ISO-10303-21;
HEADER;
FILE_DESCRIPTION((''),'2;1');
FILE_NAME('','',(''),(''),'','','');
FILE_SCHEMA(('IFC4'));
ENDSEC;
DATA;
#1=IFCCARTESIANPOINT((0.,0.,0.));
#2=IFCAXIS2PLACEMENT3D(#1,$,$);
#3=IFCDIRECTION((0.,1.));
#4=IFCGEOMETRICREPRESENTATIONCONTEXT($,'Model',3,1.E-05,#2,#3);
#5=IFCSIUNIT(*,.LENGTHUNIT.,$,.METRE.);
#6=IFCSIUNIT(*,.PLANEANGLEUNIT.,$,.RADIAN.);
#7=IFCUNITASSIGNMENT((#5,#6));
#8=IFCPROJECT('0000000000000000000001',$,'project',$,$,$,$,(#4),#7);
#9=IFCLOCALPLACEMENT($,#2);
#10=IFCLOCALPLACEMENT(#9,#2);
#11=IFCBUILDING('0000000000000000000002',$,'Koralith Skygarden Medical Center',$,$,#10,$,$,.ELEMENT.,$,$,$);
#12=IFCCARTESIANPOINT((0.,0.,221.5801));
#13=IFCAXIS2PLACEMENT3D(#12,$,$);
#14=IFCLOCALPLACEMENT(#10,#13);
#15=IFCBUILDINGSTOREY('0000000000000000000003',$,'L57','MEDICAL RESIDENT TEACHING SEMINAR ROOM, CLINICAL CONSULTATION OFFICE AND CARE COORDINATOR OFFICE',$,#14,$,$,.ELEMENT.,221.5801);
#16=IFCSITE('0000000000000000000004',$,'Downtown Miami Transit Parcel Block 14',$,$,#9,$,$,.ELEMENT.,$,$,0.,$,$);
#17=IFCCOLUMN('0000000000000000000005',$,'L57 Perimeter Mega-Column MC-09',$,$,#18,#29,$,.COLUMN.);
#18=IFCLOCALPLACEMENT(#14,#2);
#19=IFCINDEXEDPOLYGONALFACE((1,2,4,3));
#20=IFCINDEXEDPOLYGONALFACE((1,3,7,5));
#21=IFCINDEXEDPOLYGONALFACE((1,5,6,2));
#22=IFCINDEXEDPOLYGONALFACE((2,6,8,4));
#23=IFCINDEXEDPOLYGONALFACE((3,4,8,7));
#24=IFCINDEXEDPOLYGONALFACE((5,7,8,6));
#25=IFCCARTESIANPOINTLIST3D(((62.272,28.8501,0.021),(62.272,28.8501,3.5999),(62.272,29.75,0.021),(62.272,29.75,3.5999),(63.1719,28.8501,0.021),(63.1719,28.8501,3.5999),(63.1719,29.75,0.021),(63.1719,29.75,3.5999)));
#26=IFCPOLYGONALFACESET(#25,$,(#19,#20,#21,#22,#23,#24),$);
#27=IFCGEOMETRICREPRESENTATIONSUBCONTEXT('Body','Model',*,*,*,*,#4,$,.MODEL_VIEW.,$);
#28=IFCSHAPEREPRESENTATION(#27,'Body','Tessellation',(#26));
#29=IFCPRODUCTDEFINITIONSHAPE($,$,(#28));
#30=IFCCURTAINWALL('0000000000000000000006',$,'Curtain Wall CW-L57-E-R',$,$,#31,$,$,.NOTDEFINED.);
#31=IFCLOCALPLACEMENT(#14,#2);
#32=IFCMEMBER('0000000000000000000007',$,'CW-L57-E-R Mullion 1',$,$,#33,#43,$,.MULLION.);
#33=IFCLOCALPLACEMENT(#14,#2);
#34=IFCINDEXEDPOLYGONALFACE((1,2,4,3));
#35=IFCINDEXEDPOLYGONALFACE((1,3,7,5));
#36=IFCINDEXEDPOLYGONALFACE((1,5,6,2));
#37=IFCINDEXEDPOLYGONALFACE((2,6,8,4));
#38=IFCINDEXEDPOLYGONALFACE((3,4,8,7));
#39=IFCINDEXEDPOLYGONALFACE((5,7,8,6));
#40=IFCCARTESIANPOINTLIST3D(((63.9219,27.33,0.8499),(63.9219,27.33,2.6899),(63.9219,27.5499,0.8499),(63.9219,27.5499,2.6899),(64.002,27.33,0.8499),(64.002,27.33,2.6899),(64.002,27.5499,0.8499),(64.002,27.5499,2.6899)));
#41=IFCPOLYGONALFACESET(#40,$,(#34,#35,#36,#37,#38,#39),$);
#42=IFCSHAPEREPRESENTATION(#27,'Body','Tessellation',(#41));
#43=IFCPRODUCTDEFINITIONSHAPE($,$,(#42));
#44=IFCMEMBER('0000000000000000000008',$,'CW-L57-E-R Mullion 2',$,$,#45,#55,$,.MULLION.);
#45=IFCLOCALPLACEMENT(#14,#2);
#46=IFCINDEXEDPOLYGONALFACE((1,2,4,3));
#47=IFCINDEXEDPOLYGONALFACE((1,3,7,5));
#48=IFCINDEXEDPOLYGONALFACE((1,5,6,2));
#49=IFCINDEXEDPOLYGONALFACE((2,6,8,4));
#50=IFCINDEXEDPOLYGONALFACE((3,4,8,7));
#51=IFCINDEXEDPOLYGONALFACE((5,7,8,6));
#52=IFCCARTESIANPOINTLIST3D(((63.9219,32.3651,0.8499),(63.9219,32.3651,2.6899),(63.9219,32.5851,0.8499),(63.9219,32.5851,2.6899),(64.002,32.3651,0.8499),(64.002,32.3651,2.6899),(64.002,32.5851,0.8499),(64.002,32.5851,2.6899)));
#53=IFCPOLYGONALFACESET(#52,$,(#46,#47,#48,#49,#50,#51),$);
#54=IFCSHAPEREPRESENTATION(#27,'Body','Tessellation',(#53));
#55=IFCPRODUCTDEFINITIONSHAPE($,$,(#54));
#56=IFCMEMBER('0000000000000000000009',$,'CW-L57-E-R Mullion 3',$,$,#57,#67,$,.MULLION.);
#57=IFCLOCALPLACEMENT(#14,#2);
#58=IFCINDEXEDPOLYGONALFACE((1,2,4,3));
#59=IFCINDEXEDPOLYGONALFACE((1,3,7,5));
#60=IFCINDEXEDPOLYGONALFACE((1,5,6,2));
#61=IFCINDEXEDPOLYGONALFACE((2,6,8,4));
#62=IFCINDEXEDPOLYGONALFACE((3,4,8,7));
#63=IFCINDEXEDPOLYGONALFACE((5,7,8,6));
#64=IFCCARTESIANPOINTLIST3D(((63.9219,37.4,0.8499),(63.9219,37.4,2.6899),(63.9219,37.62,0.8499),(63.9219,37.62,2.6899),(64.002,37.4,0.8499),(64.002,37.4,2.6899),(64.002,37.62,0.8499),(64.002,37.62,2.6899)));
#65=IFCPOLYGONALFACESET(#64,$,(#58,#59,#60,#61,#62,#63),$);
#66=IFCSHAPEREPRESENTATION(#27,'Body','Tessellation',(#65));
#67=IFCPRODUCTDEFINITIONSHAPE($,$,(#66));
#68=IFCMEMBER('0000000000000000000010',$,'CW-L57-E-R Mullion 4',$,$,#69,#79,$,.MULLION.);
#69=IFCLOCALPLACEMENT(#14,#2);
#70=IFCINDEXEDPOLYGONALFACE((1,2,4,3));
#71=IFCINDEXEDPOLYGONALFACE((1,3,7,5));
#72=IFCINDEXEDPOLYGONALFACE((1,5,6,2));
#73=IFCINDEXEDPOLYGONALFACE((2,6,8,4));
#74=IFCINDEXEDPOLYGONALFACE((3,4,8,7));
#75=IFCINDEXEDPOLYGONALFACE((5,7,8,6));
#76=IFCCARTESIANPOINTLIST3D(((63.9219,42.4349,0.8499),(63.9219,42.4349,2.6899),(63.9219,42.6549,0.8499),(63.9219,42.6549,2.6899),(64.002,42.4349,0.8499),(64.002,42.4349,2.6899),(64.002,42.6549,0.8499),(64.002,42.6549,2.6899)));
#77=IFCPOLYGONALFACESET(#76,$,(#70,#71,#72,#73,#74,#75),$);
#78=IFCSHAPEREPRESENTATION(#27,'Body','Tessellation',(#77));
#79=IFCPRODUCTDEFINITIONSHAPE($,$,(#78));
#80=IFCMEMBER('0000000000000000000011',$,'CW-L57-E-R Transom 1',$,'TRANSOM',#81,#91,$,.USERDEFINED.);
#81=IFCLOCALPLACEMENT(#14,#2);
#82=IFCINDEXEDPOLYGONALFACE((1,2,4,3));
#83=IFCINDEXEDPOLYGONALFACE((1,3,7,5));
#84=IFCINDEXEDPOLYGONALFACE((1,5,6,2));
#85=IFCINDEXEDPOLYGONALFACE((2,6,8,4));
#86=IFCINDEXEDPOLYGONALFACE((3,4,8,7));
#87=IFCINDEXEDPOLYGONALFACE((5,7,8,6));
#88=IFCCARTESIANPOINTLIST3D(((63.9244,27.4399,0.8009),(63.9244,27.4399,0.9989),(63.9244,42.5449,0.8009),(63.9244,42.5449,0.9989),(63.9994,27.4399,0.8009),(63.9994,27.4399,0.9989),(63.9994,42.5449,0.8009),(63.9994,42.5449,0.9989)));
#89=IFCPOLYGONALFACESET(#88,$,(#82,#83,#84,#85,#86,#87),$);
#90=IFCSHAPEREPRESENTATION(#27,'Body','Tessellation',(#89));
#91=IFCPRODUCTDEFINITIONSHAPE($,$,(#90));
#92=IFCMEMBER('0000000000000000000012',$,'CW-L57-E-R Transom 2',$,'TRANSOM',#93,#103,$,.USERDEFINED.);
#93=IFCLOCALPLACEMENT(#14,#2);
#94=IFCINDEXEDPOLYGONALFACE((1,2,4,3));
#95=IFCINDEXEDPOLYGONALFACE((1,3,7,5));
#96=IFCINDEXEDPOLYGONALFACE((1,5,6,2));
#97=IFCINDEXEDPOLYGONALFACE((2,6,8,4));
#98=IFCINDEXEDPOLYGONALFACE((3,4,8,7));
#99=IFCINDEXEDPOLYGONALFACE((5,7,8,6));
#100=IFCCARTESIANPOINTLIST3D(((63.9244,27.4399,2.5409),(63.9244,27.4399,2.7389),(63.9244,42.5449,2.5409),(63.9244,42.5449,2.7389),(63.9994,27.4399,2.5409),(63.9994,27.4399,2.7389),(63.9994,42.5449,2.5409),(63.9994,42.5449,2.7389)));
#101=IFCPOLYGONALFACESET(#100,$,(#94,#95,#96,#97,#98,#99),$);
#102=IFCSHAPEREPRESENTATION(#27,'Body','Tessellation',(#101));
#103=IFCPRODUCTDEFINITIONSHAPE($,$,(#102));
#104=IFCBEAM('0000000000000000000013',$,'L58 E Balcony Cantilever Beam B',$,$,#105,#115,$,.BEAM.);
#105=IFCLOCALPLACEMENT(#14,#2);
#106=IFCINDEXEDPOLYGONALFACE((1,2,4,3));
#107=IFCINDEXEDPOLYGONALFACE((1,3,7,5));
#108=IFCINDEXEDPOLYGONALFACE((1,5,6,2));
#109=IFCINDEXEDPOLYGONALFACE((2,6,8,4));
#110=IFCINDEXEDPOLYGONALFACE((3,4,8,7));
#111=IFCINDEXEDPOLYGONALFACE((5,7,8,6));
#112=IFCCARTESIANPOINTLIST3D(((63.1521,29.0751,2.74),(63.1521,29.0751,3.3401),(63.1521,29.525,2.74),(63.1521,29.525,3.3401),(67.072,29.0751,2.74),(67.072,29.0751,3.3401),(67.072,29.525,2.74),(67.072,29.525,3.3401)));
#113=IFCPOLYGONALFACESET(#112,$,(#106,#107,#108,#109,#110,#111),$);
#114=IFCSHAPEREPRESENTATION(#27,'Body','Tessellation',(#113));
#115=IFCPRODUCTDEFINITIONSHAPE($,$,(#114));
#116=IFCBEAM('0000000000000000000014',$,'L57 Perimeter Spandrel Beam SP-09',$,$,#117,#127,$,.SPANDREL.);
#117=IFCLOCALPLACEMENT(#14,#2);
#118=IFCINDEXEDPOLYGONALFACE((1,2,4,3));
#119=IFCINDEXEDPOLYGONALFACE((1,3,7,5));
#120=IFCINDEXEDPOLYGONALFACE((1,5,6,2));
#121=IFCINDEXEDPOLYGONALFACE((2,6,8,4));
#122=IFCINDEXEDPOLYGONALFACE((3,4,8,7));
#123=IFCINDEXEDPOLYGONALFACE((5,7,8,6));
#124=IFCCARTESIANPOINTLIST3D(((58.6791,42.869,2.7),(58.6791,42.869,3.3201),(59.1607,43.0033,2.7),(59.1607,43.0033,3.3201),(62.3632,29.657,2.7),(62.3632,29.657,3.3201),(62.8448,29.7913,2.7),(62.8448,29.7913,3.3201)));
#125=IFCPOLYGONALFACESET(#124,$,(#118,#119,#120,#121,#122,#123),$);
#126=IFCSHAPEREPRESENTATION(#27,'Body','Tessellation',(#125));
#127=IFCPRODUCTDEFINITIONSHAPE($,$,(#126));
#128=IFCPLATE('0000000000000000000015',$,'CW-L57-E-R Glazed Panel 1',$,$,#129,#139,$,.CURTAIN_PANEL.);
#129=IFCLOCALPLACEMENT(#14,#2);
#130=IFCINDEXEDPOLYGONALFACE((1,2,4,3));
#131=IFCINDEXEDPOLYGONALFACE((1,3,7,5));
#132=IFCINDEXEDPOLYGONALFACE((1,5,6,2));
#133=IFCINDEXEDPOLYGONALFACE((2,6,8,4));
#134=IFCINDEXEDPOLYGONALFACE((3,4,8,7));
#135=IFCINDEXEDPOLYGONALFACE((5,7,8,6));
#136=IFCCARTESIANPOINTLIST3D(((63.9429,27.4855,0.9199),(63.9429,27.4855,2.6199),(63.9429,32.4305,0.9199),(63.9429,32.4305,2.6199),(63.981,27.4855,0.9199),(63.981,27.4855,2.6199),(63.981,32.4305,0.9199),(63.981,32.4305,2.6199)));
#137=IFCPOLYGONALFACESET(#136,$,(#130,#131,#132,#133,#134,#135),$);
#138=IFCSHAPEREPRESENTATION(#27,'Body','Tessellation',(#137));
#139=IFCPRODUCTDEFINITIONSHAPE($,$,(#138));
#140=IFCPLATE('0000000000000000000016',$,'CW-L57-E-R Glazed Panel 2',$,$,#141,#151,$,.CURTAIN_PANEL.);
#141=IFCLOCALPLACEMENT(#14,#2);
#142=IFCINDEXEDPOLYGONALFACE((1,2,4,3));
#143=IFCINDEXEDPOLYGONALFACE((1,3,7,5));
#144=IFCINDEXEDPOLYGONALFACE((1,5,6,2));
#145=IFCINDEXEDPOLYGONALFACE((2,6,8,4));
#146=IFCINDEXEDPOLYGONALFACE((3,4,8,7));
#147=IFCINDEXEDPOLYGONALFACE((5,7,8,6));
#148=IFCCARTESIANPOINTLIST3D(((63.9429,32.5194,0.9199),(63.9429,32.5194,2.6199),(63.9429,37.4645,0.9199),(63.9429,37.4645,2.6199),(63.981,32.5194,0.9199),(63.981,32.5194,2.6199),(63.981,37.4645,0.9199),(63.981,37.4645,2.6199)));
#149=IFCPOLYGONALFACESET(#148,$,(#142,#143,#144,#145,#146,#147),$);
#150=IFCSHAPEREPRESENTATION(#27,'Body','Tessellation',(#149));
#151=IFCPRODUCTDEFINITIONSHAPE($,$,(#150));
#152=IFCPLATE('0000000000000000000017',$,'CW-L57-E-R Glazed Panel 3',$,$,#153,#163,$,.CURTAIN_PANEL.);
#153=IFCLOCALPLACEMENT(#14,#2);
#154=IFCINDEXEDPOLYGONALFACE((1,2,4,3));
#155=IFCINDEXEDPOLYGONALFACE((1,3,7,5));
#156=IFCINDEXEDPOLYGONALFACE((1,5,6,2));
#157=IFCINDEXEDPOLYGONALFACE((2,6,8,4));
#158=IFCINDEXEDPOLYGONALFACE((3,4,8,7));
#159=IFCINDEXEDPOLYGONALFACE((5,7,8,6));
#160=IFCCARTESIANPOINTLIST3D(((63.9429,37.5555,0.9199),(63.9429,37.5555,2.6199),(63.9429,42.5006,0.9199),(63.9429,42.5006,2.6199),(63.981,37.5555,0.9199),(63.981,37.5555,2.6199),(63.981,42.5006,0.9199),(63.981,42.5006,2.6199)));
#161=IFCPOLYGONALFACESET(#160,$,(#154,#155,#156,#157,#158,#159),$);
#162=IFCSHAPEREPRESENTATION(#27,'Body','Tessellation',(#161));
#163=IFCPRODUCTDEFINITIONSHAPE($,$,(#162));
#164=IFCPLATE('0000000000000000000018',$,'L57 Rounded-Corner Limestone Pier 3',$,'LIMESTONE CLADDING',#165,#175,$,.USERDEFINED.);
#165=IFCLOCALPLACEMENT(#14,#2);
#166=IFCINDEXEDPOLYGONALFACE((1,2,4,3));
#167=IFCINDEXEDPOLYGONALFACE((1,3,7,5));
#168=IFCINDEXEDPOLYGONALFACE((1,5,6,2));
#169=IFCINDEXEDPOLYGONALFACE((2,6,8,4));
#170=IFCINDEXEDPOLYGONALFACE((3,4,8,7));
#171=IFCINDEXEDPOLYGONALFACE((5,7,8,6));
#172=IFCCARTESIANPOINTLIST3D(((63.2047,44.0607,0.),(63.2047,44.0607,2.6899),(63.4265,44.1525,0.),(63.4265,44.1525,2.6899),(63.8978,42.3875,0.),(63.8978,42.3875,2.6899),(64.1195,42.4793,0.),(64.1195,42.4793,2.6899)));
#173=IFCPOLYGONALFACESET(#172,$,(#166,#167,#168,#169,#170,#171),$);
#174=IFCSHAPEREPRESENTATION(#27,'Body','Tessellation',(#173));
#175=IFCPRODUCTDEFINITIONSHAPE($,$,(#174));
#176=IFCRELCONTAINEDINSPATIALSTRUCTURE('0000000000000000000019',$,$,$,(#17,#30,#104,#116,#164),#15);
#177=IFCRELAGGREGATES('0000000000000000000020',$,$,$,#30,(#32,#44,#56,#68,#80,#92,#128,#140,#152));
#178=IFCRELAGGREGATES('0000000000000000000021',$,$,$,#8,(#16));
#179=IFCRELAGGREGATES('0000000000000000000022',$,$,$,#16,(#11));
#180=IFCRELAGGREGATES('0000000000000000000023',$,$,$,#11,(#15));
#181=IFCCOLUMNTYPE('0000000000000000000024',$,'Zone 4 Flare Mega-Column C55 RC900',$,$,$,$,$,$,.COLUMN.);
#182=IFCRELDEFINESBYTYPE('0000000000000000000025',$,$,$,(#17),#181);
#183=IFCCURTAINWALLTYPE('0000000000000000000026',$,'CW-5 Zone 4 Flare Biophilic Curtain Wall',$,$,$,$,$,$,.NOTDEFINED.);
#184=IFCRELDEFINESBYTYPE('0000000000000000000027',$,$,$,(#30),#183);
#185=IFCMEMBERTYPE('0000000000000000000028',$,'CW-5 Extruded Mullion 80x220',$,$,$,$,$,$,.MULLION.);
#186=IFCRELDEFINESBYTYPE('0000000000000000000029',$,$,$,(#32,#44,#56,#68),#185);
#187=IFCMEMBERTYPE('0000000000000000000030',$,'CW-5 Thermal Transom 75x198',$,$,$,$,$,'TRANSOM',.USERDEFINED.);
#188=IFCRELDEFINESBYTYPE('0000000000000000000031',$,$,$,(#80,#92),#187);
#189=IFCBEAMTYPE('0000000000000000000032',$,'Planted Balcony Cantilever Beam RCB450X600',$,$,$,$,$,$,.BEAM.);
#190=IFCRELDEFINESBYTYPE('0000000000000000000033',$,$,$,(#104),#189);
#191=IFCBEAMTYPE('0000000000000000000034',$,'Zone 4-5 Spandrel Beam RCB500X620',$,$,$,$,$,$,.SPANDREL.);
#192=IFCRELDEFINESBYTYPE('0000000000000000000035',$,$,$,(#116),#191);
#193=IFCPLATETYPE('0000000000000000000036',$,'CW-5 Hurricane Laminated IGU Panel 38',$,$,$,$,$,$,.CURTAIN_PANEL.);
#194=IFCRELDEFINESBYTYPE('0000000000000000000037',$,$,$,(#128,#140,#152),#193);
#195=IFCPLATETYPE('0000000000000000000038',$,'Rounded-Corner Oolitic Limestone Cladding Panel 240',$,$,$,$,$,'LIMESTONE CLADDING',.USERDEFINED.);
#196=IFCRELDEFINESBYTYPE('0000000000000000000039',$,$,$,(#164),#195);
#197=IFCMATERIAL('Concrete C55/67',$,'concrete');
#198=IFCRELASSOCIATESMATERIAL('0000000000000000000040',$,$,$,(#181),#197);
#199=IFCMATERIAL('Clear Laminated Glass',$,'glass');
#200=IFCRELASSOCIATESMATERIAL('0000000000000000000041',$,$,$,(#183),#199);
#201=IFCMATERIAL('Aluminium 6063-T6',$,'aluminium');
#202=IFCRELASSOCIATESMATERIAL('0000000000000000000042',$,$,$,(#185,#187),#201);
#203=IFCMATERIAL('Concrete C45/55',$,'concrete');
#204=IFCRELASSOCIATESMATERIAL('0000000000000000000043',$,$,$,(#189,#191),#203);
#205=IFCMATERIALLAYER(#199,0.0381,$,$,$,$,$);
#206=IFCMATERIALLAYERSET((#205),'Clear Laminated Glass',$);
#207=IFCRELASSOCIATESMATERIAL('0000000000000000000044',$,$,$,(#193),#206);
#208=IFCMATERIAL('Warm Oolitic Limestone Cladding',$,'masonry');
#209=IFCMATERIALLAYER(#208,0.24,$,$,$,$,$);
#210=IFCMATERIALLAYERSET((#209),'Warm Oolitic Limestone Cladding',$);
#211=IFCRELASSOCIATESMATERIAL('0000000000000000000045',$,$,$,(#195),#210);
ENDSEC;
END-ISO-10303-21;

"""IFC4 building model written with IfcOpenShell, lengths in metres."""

from ifc_helpers import new_model, si_unit, direction, frame, origin, origin_2d, place, context, subcontext, project, spatial, rectangle, extrude, material, layer, layer_set, material_profile, profile_set, type_object, element, aggregate, save


model = new_model("IFC4")

# Units and contexts
model_context = context("Model", 3, precision=1e-05, world=origin(), true_north=direction((0.0, 1.0)))
body_context = subcontext(model_context, "Body", "Model", "MODEL_VIEW")
ifc_project = project(units=[si_unit("LENGTHUNIT", "METRE"), si_unit("PLANEANGLEUNIT", "RADIAN")], contexts=[model_context])

# Site, building, storey
site_placement = place(None, origin())
site = spatial("IfcSite", under=ifc_project, at=site_placement, Name="Downtown Miami Transit Parcel Block 14", CompositionType="ELEMENT", RefElevation=0.0)
building_placement = place(site_placement, origin())
building = spatial("IfcBuilding", under=site, at=building_placement, Name="Koralith Skygarden Medical Center", CompositionType="ELEMENT")
storey_placement = place(building_placement, frame((0.0, 0.0, 221.5801)))
storey = spatial("IfcBuildingStorey", under=building, at=storey_placement, Name="L57", Description="MEDICAL RESIDENT TEACHING SEMINAR ROOM, CLINICAL CONSULTATION OFFICE AND CARE COORDINATOR OFFICE", CompositionType="ELEMENT", Elevation=221.5801)

# Column
ifc_material_1 = material(Name="Concrete C55/67", Category="concrete")
ifc_material_profile_1 = material_profile(ifc_material_1, rectangle(XDim=0.8999, YDim=0.8999, at=origin_2d()), Name="RC900X900")
ifc_profile_set_1 = profile_set([ifc_material_profile_1], Name="Concrete C55/67")
column_type = type_object("IfcColumnType", Name="Zone 4 Flare Mega-Column C55 RC900", PredefinedType="COLUMN", material=ifc_profile_set_1)
column_placement = place(storey_placement, frame((62.7219, 29.3, 0.021), z_axis=(0.0, 0.0, 1.0), x_axis=(1.0, 0.0, 0.0)))
element("IfcColumn", 1, at=column_placement, inside=storey, type_object=column_type, Name="L57 Perimeter Mega-Column MC-09", PredefinedType="COLUMN", context=body_context, shape_type="SweptSolid", body=[
    extrude(rectangle(XDim=0.8999, YDim=0.8999, at=origin_2d()), origin(), (0.0, 0.0, 1.0), 3.5789),
])

# Curtain wall, members
ifc_material_2 = material(Name="Clear Laminated Glass", Category="glass")
curtain_wall_type = type_object("IfcCurtainWallType", Name="CW-5 Zone 4 Flare Biophilic Curtain Wall", PredefinedType="NOTDEFINED", material=ifc_material_2)
curtain_wall_placement = place(storey_placement, origin())
curtain_wall = element("IfcCurtainWall", 2, at=curtain_wall_placement, inside=storey, type_object=curtain_wall_type, Name="Curtain Wall CW-L57-E-R", PredefinedType="NOTDEFINED")
ifc_material_3 = material(Name="Aluminium 6063-T6", Category="aluminium")
ifc_material_profile_2 = material_profile(ifc_material_3, rectangle(XDim=0.0801, YDim=0.22, at=origin_2d()), Name="MUL80X220")
ifc_profile_set_2 = profile_set([ifc_material_profile_2], Name="Aluminium 6063-T6")
member_type_1 = type_object("IfcMemberType", Name="CW-5 Extruded Mullion 80x220", PredefinedType="MULLION", material=ifc_profile_set_2)
member_1_placement = place(storey_placement, frame((63.9619, 27.4399, 0.8499), z_axis=(0.0, 0.0, 1.0), x_axis=(1.0, 0.0, 0.0)))
member_1 = element("IfcMember", 3, at=member_1_placement, type_object=member_type_1, Name="CW-L57-E-R Mullion 1", PredefinedType="MULLION", context=body_context, shape_type="SweptSolid", body=[
    extrude(rectangle(XDim=0.0801, YDim=0.22, at=origin_2d()), origin(), (0.0, 0.0, 1.0), 1.8401),
])
member_2_placement = place(storey_placement, frame((63.9619, 32.4751, 0.8499), z_axis=(0.0, 0.0, 1.0), x_axis=(1.0, 0.0, 0.0)))
member_2 = element("IfcMember", 4, at=member_2_placement, type_object=member_type_1, Name="CW-L57-E-R Mullion 2", PredefinedType="MULLION", context=body_context, shape_type="SweptSolid", body=[
    extrude(rectangle(XDim=0.0801, YDim=0.22, at=origin_2d()), origin(), (0.0, 0.0, 1.0), 1.8401),
])
member_3_placement = place(storey_placement, frame((63.9619, 37.51, 0.8499), z_axis=(0.0, 0.0, 1.0), x_axis=(1.0, 0.0, 0.0)))
member_3 = element("IfcMember", 5, at=member_3_placement, type_object=member_type_1, Name="CW-L57-E-R Mullion 3", PredefinedType="MULLION", context=body_context, shape_type="SweptSolid", body=[
    extrude(rectangle(XDim=0.0801, YDim=0.22, at=origin_2d()), origin(), (0.0, 0.0, 1.0), 1.8401),
])
member_4_placement = place(storey_placement, frame((63.9619, 42.5449, 0.8499), z_axis=(0.0, 0.0, 1.0), x_axis=(1.0, 0.0, 0.0)))
member_4 = element("IfcMember", 6, at=member_4_placement, type_object=member_type_1, Name="CW-L57-E-R Mullion 4", PredefinedType="MULLION", context=body_context, shape_type="SweptSolid", body=[
    extrude(rectangle(XDim=0.0801, YDim=0.22, at=origin_2d()), origin(), (0.0, 0.0, 1.0), 1.8401),
])
ifc_material_profile_3 = material_profile(ifc_material_3, rectangle(XDim=0.075, YDim=0.198, at=origin_2d()), Name="TRN75X198")
ifc_profile_set_3 = profile_set([ifc_material_profile_3], Name="Aluminium 6063-T6")
member_type_2 = type_object("IfcMemberType", Name="CW-5 Thermal Transom 75x198", ElementType="TRANSOM", PredefinedType="USERDEFINED", material=ifc_profile_set_3)
member_5_placement = place(storey_placement, frame((63.9619, 27.4399, 0.8999), z_axis=(0.0, 1.0, 0.0), x_axis=(-1.0, 0.0, 0.0)))
member_5 = element("IfcMember", 7, at=member_5_placement, type_object=member_type_2, Name="CW-L57-E-R Transom 1", ObjectType="TRANSOM", PredefinedType="USERDEFINED", context=body_context, shape_type="SweptSolid", body=[
    extrude(rectangle(XDim=0.075, YDim=0.198, at=origin_2d()), origin(), (0.0, 0.0, 1.0), 15.105),
])
member_6_placement = place(storey_placement, frame((63.9619, 27.4399, 2.6399), z_axis=(0.0, 1.0, 0.0), x_axis=(-1.0, 0.0, 0.0)))
member_6 = element("IfcMember", 8, at=member_6_placement, type_object=member_type_2, Name="CW-L57-E-R Transom 2", ObjectType="TRANSOM", PredefinedType="USERDEFINED", context=body_context, shape_type="SweptSolid", body=[
    extrude(rectangle(XDim=0.075, YDim=0.198, at=origin_2d()), origin(), (0.0, 0.0, 1.0), 15.105),
])

# Beams
ifc_material_4 = material(Name="Concrete C45/55", Category="concrete")
ifc_material_profile_4 = material_profile(ifc_material_4, rectangle(XDim=0.45, YDim=0.6001, at=origin_2d()), Name="RCB450X600")
ifc_profile_set_4 = profile_set([ifc_material_profile_4], Name="Concrete C45/55")
beam_type_1 = type_object("IfcBeamType", Name="Planted Balcony Cantilever Beam RCB450X600", PredefinedType="BEAM", material=ifc_profile_set_4)
beam_1_placement = place(storey_placement, frame((63.1521, 29.3, 3.04), z_axis=(1.0, 0.0, 0.0), x_axis=(0.0, 1.0, 0.0)))
element("IfcBeam", 9, at=beam_1_placement, inside=storey, type_object=beam_type_1, Name="L58 E Balcony Cantilever Beam B", PredefinedType="BEAM", context=body_context, shape_type="SweptSolid", body=[
    extrude(rectangle(XDim=0.45, YDim=0.6001, at=origin_2d()), origin(), (0.0, 0.0, 1.0), 3.9199),
])
ifc_material_profile_5 = material_profile(ifc_material_4, rectangle(XDim=0.5, YDim=0.6201, at=origin_2d()), Name="RCB500X620")
ifc_profile_set_5 = profile_set([ifc_material_profile_5], Name="Concrete C45/55")
beam_type_2 = type_object("IfcBeamType", Name="Zone 4-5 Spandrel Beam RCB500X620", PredefinedType="SPANDREL", material=ifc_profile_set_5)
beam_2_placement = place(storey_placement, frame((62.604, 29.7241, 3.01), z_axis=(-0.268598, 0.963252, 0.0), x_axis=(-0.963252, -0.268598, 0.0)))
element("IfcBeam", 10, at=beam_2_placement, inside=storey, type_object=beam_type_2, Name="L57 Perimeter Spandrel Beam SP-09", PredefinedType="SPANDREL", context=body_context, shape_type="SweptSolid", body=[
    extrude(rectangle(XDim=0.5, YDim=0.6201, at=origin_2d()), origin(), (0.0, 0.0, 1.0), 13.7161),
])

# Plates
ifc_layer_1 = layer(ifc_material_2, 0.0381)
ifc_layer_set_1 = layer_set([ifc_layer_1], Name="Clear Laminated Glass")
plate_type_1 = type_object("IfcPlateType", Name="CW-5 Hurricane Laminated IGU Panel 38", PredefinedType="CURTAIN_PANEL", material=ifc_layer_set_1)
plate_1_placement = place(storey_placement, frame((63.9619, 29.958, 0.9199), z_axis=(0.0, 0.0, 1.0), x_axis=(0.0, 1.0, 0.0)))
plate_1 = element("IfcPlate", 11, at=plate_1_placement, type_object=plate_type_1, Name="CW-L57-E-R Glazed Panel 1", PredefinedType="CURTAIN_PANEL", context=body_context, shape_type="SweptSolid", body=[
    extrude(rectangle(XDim=4.9451, YDim=0.0381, at=origin_2d()), origin(), (0.0, 0.0, 1.0), 1.7),
])
plate_2_placement = place(storey_placement, frame((63.9619, 34.9919, 0.9199), z_axis=(0.0, 0.0, 1.0), x_axis=(0.0, 1.0, 0.0)))
plate_2 = element("IfcPlate", 12, at=plate_2_placement, type_object=plate_type_1, Name="CW-L57-E-R Glazed Panel 2", PredefinedType="CURTAIN_PANEL", context=body_context, shape_type="SweptSolid", body=[
    extrude(rectangle(XDim=4.9451, YDim=0.0381, at=origin_2d()), origin(), (0.0, 0.0, 1.0), 1.7),
])
plate_3_placement = place(storey_placement, frame((63.9619, 40.0281, 0.9199), z_axis=(0.0, 0.0, 1.0), x_axis=(0.0, 1.0, 0.0)))
plate_3 = element("IfcPlate", 13, at=plate_3_placement, type_object=plate_type_1, Name="CW-L57-E-R Glazed Panel 3", PredefinedType="CURTAIN_PANEL", context=body_context, shape_type="SweptSolid", body=[
    extrude(rectangle(XDim=4.9451, YDim=0.0381, at=origin_2d()), origin(), (0.0, 0.0, 1.0), 1.7),
])
aggregate(curtain_wall, [member_1, member_2, member_3, member_4, member_5, member_6, plate_1, plate_2, plate_3])
ifc_material_5 = material(Name="Warm Oolitic Limestone Cladding", Category="masonry")
ifc_layer_2 = layer(ifc_material_5, 0.24)
ifc_layer_set_2 = layer_set([ifc_layer_2], Name="Warm Oolitic Limestone Cladding")
plate_type_2 = type_object("IfcPlateType", Name="Rounded-Corner Oolitic Limestone Cladding Panel 240", ElementType="LIMESTONE CLADDING", PredefinedType="USERDEFINED", material=ifc_layer_set_2)
plate_4_placement = place(storey_placement, frame((63.6621, 43.27, 0.0), z_axis=(0.0, 0.0, 1.0), x_axis=(-0.382671, 0.923885, 0.0)))
element("IfcPlate", 14, at=plate_4_placement, inside=storey, type_object=plate_type_2, Name="L57 Rounded-Corner Limestone Pier 3", ObjectType="LIMESTONE CLADDING", PredefinedType="USERDEFINED", context=body_context, shape_type="SweptSolid", body=[
    extrude(rectangle(XDim=1.811, YDim=0.24, at=origin_2d()), origin(), (0.0, 0.0, 1.0), 2.6899),
])

save(model, "model.ifc")
